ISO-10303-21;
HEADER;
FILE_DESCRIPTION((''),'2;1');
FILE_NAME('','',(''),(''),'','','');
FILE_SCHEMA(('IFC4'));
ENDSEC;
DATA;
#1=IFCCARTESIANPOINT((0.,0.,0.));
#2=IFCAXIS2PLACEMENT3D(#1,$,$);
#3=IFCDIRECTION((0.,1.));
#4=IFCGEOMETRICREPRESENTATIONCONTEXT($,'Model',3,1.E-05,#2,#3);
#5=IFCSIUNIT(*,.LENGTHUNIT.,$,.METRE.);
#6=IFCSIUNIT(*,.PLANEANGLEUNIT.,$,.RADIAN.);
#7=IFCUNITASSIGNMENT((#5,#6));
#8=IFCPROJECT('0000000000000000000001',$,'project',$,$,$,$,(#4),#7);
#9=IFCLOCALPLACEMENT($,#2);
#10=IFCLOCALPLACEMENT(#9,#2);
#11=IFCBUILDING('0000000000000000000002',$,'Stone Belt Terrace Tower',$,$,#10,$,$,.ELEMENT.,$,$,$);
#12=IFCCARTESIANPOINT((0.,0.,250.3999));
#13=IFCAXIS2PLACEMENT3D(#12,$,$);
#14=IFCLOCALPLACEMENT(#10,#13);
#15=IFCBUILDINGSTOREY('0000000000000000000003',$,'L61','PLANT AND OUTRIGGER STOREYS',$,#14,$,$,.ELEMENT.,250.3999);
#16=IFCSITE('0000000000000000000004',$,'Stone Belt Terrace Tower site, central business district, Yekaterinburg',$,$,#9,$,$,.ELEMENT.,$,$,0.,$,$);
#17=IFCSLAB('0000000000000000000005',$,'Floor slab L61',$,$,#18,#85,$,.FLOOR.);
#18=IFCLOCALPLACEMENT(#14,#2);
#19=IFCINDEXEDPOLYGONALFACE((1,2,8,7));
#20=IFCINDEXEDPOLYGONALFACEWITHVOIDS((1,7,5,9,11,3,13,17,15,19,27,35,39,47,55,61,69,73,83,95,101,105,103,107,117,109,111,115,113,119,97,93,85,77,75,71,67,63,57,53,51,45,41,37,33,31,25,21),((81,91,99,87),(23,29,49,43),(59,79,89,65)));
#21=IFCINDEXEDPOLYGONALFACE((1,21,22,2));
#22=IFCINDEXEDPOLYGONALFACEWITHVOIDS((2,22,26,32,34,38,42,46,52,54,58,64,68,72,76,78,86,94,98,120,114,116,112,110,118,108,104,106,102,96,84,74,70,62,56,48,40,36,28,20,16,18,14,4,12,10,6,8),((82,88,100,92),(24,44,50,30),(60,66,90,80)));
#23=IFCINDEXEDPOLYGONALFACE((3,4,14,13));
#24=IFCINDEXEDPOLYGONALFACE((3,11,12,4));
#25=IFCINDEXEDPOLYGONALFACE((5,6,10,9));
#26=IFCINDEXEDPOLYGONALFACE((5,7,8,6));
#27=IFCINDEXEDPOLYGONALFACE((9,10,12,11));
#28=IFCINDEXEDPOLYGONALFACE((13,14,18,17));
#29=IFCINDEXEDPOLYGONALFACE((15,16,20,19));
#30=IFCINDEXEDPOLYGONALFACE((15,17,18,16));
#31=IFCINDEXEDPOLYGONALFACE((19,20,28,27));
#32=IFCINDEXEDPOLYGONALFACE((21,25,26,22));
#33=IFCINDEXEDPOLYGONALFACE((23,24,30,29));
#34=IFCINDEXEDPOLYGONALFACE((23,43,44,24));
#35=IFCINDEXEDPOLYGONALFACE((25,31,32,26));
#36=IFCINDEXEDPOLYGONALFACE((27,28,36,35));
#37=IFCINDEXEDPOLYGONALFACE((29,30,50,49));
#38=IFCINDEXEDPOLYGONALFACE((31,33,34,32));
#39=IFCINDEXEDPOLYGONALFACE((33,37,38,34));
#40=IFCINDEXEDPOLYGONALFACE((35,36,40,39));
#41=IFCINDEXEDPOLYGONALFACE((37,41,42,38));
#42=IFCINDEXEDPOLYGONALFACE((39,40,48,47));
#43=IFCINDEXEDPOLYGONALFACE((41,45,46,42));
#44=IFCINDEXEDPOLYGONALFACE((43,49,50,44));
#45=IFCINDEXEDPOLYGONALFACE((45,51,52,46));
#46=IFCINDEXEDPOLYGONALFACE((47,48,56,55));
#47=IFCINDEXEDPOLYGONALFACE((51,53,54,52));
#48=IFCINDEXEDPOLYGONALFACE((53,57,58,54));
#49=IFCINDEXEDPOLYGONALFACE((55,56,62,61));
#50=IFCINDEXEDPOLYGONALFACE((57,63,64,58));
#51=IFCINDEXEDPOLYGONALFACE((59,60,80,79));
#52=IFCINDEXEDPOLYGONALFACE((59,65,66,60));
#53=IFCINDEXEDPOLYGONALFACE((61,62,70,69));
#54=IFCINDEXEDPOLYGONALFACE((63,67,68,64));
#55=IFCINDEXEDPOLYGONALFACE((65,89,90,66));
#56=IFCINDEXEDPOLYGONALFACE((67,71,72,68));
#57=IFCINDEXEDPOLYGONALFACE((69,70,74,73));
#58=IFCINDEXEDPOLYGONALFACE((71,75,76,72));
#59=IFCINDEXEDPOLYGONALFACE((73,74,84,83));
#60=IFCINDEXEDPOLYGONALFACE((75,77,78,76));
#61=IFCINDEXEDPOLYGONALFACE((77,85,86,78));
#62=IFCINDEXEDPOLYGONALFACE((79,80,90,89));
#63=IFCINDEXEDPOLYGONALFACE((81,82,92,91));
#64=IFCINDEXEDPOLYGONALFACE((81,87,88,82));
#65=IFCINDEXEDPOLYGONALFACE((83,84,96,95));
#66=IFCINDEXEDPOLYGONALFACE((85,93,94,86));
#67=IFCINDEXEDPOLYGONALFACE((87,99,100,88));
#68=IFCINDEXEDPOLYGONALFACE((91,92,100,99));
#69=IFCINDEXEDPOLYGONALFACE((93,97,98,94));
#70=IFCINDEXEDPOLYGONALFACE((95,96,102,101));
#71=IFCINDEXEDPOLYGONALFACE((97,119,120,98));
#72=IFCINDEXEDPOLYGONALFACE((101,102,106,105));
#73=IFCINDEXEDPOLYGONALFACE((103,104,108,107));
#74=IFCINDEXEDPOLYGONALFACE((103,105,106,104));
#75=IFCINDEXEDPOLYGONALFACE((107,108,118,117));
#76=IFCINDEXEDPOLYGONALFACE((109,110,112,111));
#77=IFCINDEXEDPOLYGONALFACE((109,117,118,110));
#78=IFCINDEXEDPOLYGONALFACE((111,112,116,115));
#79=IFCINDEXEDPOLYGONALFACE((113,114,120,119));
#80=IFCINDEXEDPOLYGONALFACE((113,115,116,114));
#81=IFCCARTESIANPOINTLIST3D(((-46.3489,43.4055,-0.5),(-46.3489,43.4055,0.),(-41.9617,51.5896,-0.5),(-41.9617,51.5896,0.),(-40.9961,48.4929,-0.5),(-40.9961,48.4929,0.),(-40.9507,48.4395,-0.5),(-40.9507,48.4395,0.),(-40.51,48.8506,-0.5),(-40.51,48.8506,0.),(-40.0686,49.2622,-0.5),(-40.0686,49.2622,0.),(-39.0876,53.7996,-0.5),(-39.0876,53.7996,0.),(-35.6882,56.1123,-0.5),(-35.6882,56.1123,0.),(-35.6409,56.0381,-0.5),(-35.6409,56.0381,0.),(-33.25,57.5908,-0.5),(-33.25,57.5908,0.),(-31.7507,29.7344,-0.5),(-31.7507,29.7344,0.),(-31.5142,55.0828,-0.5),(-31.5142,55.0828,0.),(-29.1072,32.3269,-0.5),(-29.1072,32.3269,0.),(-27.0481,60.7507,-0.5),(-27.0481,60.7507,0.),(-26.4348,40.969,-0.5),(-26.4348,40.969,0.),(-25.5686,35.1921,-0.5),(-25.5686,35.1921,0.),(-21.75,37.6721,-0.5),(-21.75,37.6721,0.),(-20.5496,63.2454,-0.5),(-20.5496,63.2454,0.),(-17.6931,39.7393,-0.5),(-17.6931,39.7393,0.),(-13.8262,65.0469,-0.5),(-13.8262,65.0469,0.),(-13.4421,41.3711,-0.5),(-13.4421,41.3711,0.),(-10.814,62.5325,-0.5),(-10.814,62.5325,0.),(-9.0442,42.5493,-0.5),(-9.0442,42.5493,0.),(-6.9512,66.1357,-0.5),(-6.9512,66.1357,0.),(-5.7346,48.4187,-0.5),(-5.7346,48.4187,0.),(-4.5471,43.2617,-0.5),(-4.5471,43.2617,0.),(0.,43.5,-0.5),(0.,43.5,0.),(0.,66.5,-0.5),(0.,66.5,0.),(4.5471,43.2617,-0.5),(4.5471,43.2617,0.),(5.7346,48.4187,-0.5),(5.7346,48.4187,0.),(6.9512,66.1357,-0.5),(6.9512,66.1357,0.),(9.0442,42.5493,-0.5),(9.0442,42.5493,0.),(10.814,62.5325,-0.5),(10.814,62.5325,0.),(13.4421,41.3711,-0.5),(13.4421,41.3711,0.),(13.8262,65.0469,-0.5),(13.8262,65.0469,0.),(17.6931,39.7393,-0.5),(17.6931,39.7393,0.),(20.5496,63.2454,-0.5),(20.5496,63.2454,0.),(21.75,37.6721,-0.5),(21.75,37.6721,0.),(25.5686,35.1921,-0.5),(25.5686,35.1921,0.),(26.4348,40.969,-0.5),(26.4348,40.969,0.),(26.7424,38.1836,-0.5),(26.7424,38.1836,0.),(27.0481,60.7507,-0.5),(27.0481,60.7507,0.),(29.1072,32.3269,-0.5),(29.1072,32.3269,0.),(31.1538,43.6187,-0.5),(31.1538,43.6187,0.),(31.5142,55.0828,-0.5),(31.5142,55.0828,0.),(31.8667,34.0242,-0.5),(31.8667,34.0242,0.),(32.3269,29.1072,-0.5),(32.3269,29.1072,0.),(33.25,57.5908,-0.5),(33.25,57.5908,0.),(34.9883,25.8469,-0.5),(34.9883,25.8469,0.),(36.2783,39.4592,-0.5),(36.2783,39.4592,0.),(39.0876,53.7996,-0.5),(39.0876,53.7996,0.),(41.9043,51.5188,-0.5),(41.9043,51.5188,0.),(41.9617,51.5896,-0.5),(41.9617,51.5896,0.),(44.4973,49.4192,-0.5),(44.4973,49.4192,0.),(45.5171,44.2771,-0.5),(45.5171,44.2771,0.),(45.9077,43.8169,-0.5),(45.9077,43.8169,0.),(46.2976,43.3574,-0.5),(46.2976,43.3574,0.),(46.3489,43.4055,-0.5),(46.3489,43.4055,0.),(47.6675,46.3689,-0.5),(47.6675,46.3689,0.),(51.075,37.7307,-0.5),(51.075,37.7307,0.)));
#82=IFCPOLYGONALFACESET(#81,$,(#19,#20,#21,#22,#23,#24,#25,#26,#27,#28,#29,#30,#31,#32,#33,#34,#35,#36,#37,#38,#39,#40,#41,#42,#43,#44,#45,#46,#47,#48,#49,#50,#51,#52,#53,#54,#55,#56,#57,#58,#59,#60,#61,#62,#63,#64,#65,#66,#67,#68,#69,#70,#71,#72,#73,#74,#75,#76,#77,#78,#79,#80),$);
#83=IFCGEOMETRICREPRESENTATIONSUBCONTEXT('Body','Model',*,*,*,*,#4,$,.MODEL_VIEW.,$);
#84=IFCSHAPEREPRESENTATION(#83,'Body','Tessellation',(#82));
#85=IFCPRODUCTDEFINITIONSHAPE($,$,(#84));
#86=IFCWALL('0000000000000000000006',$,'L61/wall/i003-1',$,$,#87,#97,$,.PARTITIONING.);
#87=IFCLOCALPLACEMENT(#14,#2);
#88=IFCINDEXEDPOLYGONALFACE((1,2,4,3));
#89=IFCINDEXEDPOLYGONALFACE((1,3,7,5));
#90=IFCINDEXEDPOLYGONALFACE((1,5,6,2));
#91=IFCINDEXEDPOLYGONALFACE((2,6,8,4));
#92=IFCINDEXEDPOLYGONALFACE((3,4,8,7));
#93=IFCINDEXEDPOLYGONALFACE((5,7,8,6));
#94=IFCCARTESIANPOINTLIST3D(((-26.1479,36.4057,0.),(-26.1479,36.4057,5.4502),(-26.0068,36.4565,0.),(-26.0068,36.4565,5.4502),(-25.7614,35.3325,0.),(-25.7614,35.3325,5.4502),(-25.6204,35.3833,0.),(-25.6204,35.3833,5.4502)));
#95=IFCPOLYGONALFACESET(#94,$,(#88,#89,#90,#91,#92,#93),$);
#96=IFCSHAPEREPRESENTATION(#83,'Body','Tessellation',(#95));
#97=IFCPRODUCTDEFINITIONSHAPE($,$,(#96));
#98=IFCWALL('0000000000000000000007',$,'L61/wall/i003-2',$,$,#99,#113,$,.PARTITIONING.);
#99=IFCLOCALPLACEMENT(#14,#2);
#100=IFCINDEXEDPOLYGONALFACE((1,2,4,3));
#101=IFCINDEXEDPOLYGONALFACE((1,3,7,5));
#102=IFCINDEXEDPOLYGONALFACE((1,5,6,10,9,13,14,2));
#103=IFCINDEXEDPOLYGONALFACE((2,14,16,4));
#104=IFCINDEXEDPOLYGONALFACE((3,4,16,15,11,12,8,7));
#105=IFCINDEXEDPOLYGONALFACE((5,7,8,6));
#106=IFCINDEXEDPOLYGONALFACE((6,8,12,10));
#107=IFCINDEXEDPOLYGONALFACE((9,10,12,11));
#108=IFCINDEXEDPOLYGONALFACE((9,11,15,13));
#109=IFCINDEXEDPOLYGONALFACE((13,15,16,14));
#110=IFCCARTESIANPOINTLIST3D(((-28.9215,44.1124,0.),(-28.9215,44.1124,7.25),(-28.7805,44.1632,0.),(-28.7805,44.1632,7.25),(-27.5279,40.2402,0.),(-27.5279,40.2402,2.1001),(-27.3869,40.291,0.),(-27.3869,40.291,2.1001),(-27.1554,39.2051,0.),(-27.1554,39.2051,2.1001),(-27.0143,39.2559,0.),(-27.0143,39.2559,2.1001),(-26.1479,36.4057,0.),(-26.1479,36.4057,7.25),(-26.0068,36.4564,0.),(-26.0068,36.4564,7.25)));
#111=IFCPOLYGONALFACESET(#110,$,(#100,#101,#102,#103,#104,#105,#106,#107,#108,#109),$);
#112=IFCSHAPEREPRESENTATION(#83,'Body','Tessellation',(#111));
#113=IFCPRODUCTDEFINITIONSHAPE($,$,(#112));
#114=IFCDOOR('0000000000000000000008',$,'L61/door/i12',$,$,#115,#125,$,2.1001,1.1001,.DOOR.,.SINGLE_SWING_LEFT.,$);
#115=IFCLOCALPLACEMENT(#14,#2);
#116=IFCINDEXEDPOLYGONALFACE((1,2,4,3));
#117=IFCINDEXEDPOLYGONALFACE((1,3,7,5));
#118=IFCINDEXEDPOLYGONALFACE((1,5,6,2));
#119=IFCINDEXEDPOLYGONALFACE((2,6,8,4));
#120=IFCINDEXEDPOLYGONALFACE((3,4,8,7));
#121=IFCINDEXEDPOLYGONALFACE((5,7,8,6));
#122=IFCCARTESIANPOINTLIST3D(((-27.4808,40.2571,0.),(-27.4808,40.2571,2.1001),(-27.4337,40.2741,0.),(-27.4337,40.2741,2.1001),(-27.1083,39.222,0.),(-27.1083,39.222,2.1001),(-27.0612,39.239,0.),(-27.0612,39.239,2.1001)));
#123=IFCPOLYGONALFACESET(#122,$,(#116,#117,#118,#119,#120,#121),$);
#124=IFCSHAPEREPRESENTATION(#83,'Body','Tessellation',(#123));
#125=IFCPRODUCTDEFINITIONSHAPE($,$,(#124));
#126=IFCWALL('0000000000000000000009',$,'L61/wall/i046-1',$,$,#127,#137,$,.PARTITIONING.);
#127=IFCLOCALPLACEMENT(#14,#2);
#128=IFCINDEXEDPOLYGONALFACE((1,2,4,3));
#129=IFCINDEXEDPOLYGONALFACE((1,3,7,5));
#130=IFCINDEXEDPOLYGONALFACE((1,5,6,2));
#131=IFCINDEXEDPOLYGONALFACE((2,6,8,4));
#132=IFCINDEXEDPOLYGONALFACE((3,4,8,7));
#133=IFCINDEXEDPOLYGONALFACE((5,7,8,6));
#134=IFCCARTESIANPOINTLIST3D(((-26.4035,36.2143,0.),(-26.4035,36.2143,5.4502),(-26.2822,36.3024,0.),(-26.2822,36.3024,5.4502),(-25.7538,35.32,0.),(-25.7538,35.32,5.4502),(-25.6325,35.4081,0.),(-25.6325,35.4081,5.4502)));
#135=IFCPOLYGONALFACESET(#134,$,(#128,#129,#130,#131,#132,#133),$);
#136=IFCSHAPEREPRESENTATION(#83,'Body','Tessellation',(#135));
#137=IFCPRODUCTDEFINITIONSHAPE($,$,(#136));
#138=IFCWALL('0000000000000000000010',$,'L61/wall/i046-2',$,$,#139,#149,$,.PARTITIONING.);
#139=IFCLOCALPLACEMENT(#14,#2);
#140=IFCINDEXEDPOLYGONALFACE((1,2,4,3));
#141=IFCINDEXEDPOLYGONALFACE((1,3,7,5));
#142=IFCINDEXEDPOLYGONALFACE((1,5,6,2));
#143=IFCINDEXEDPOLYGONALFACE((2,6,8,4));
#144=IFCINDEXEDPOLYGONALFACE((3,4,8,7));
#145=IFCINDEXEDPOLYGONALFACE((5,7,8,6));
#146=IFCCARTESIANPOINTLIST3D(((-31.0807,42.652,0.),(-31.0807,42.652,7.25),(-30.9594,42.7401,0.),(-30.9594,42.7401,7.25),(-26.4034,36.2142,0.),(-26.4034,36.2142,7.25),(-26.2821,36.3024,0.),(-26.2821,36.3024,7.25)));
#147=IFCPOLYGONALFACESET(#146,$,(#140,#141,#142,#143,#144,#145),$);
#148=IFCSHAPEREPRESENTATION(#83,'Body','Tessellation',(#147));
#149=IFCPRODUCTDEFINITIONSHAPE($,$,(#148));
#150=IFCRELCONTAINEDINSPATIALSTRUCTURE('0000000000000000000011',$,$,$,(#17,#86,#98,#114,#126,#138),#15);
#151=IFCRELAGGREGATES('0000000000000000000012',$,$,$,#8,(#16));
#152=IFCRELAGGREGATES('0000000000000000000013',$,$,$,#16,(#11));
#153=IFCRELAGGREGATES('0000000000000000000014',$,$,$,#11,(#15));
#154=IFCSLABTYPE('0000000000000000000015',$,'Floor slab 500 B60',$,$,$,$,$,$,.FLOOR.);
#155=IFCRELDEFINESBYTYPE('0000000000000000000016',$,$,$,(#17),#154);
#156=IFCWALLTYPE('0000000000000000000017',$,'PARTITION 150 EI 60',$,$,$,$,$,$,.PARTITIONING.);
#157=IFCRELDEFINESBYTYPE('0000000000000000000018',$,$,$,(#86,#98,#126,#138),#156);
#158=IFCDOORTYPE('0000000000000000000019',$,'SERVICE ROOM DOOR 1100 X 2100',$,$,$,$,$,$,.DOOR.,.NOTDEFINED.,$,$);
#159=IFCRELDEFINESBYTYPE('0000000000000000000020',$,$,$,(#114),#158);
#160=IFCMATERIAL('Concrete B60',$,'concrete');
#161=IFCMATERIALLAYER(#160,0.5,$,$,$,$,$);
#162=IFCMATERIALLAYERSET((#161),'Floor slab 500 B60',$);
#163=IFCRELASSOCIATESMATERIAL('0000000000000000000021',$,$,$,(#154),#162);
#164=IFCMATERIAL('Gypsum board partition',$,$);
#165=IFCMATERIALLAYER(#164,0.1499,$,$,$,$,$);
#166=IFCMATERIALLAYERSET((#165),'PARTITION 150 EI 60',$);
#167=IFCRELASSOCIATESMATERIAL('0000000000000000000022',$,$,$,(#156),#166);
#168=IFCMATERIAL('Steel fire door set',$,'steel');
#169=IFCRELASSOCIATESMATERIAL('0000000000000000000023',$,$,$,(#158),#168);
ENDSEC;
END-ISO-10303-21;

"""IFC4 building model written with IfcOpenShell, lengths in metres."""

from ifc_helpers import new_model, si_unit, direction, frame, frame_2d, origin, place, context, subcontext, project, spatial, polyline, rectangle, outline, extrude, material, layer, layer_set, type_object, element, fill, save


model = new_model("IFC4")

# Units and contexts
model_context = context("Model", 3, precision=1e-05, world=origin(), true_north=direction((0.0, 1.0)))
body_context = subcontext(model_context, "Body", "Model", "MODEL_VIEW")
ifc_project = project(units=[si_unit("LENGTHUNIT", "METRE"), si_unit("PLANEANGLEUNIT", "RADIAN")], contexts=[model_context])

# Site, building, storey
site_placement = place(None, origin())
site = spatial("IfcSite", under=ifc_project, at=site_placement, Name="Stone Belt Terrace Tower site, central business district, Yekaterinburg", CompositionType="ELEMENT", RefElevation=0.0)
building_placement = place(site_placement, origin())
building = spatial("IfcBuilding", under=site, at=building_placement, Name="Stone Belt Terrace Tower", CompositionType="ELEMENT")
storey_placement = place(building_placement, frame((0.0, 0.0, 250.3999)))
storey = spatial("IfcBuildingStorey", under=building, at=storey_placement, Name="L61", Description="PLANT AND OUTRIGGER STOREYS", CompositionType="ELEMENT", Elevation=250.3999)

# Shared definitions
ifc_material_1 = material(Name="Concrete B60", Category="concrete")

# Slab
ifc_layer_1 = layer(ifc_material_1, 0.5)
ifc_layer_set_1 = layer_set([ifc_layer_1], Name="Floor slab 500 B60")
slab_type = type_object("IfcSlabType", Name="Floor slab 500 B60", PredefinedType="FLOOR", material=ifc_layer_set_1)
slab_placement = place(storey_placement, frame((0.0, 0.0, -0.5)))
element("IfcSlab", 1, at=slab_placement, inside=storey, type_object=slab_type, Name="Floor slab L61", PredefinedType="FLOOR", context=body_context, shape_type="SweptSolid", body=[
    extrude(outline(polyline([(-46.3489, 43.4055), (-40.9507, 48.4395), (-40.9961, 48.4929), (-40.51, 48.8506), (-40.0686, 49.2622), (-41.9617, 51.5896), (-39.0876, 53.7996), (-35.6409, 56.0381), (-35.6882, 56.1123), (-33.25, 57.5908), (-27.0481, 60.7507), (-20.5496, 63.2454), (-13.8262, 65.0469), (-6.9512, 66.1357), (0.0, 66.5), (6.9512, 66.1357), (13.8262, 65.0469), (20.5496, 63.2454), (27.0481, 60.7507), (33.25, 57.5908), (39.0876, 53.7996), (41.9617, 51.5896), (41.9043, 51.5188), (44.4973, 49.4192), (47.6675, 46.3689), (45.5171, 44.2771), (45.9077, 43.8169), (46.3489, 43.4055), (46.2976, 43.3574), (51.075, 37.7307), (34.9883, 25.8469), (32.3269, 29.1072), (29.1072, 32.3269), (25.5686, 35.1921), (21.75, 37.6721), (17.6931, 39.7393), (13.4421, 41.3711), (9.0442, 42.5493), (4.5471, 43.2617), (0.0, 43.5), (-4.5471, 43.2617), (-9.0442, 42.5493), (-13.4421, 41.3711), (-17.6931, 39.7393), (-21.75, 37.6721), (-25.5686, 35.1921), (-29.1072, 32.3269), (-31.7507, 29.7344), (-46.3489, 43.4055)]), holes=[polyline([(-31.5142, 55.0828), (-26.4348, 40.969), (-5.7346, 48.4187), (-10.814, 62.5325), (-31.5142, 55.0828)]), polyline([(31.5142, 55.0828), (10.814, 62.5325), (5.7346, 48.4187), (26.4348, 40.969), (31.5142, 55.0828)]), polyline([(36.2783, 39.4592), (31.1538, 43.6187), (26.7424, 38.1836), (31.8667, 34.0242), (36.2783, 39.4592)])]), origin(), (0.0, 0.0, 1.0), 0.5),
])

# Wall
ifc_material_2 = material(Name="Gypsum board partition")
ifc_layer_2 = layer(ifc_material_2, 0.1499)
ifc_layer_set_2 = layer_set([ifc_layer_2], Name="PARTITION 150 EI 60")
wall_type = type_object("IfcWallType", Name="PARTITION 150 EI 60", PredefinedType="PARTITIONING", material=ifc_layer_set_2)
wall_1_placement = place(storey_placement, frame((-25.6909, 35.3579, 0.0), z_axis=(0.0, 0.0, 1.0), x_axis=(-0.338803, 0.940857, 0.0)))
element("IfcWall", 2, at=wall_1_placement, inside=storey, type_object=wall_type, Name="L61/wall/i003-1", PredefinedType="PARTITIONING", context=body_context, shape_type="SweptSolid", body=[
    extrude(rectangle(XDim=1.1406, YDim=0.1499, at=frame_2d((0.5703, 0.0))), origin(), (0.0, 0.0, 1.0), 5.4502),
])

# Wall, opening, door
wall_2_placement = place(storey_placement, frame((-26.0774, 36.4312, 0.0), z_axis=(0.0, 0.0, 1.0), x_axis=(-0.338637, 0.940917, 0.0)))
wall_2 = element("IfcWall", 3, at=wall_2_placement, inside=storey, type_object=wall_type, Name="L61/wall/i003-2", PredefinedType="PARTITIONING", context=body_context, shape_type="SweptSolid", body=[
    extrude(rectangle(XDim=8.1907, YDim=0.1499, at=frame_2d((4.0952, 0.0))), origin(), (0.0, 0.0, 1.0), 7.25),
])
opening_placement = place(wall_2_placement, frame((2.9751, 0.0, 0.0)))
opening = element("IfcOpeningElement", 4, at=opening_placement, cuts=wall_2, PredefinedType="OPENING", context=body_context, shape_type="SweptSolid", body=[
    extrude(rectangle(XDim=1.1001, YDim=2.1001, at=frame_2d((0.55, 1.05))), frame((0.0, 0.085, 0.0), z_axis=(0.0, -1.0, 0.0), x_axis=(1.0, 0.0, 0.0)), (0.0, 0.0, 1.0), 0.1699),
])
ifc_material_3 = material(Name="Steel fire door set", Category="steel")
door_type = type_object("IfcDoorType", Name="SERVICE ROOM DOOR 1100 X 2100", OperationType="NOTDEFINED", PredefinedType="DOOR", material=ifc_material_3)
door_placement = place(opening_placement, origin())
door = element("IfcDoor", 5, at=door_placement, inside=storey, type_object=door_type, Name="L61/door/i12", OperationType="SINGLE_SWING_LEFT", OverallHeight=2.1001, OverallWidth=1.1001, PredefinedType="DOOR", context=body_context, shape_type="SweptSolid", body=[
    extrude(rectangle(XDim=1.1001, YDim=2.1001, at=frame_2d((0.55, 1.05))), frame((0.0, 0.0249, 0.0), z_axis=(0.0, -1.0, 0.0), x_axis=(1.0, 0.0, 0.0)), (0.0, 0.0, 1.0), 0.05),
])
fill(opening, door)

# Walls
wall_3_placement = place(storey_placement, frame((-25.6931, 35.364, 0.0), z_axis=(0.0, 0.0, 1.0), x_axis=(-0.587738, 0.809051, 0.0)))
element("IfcWall", 6, at=wall_3_placement, inside=storey, type_object=wall_type, Name="L61/wall/i046-1", PredefinedType="PARTITIONING", context=body_context, shape_type="SweptSolid", body=[
    extrude(rectangle(XDim=1.1055, YDim=0.1499, at=frame_2d((0.5527, 0.0))), origin(), (0.0, 0.0, 1.0), 5.4502),
])
wall_4_placement = place(storey_placement, frame((-26.3428, 36.2583, 0.0), z_axis=(0.0, 0.0, 1.0), x_axis=(-0.587781, 0.80902, 0.0)))
element("IfcWall", 7, at=wall_4_placement, inside=storey, type_object=wall_type, Name="L61/wall/i046-2", PredefinedType="PARTITIONING", context=body_context, shape_type="SweptSolid", body=[
    extrude(rectangle(XDim=7.9575, YDim=0.1499, at=frame_2d((3.9788, 0.0))), origin(), (0.0, 0.0, 1.0), 7.25),
])

save(model, "model.ifc")
